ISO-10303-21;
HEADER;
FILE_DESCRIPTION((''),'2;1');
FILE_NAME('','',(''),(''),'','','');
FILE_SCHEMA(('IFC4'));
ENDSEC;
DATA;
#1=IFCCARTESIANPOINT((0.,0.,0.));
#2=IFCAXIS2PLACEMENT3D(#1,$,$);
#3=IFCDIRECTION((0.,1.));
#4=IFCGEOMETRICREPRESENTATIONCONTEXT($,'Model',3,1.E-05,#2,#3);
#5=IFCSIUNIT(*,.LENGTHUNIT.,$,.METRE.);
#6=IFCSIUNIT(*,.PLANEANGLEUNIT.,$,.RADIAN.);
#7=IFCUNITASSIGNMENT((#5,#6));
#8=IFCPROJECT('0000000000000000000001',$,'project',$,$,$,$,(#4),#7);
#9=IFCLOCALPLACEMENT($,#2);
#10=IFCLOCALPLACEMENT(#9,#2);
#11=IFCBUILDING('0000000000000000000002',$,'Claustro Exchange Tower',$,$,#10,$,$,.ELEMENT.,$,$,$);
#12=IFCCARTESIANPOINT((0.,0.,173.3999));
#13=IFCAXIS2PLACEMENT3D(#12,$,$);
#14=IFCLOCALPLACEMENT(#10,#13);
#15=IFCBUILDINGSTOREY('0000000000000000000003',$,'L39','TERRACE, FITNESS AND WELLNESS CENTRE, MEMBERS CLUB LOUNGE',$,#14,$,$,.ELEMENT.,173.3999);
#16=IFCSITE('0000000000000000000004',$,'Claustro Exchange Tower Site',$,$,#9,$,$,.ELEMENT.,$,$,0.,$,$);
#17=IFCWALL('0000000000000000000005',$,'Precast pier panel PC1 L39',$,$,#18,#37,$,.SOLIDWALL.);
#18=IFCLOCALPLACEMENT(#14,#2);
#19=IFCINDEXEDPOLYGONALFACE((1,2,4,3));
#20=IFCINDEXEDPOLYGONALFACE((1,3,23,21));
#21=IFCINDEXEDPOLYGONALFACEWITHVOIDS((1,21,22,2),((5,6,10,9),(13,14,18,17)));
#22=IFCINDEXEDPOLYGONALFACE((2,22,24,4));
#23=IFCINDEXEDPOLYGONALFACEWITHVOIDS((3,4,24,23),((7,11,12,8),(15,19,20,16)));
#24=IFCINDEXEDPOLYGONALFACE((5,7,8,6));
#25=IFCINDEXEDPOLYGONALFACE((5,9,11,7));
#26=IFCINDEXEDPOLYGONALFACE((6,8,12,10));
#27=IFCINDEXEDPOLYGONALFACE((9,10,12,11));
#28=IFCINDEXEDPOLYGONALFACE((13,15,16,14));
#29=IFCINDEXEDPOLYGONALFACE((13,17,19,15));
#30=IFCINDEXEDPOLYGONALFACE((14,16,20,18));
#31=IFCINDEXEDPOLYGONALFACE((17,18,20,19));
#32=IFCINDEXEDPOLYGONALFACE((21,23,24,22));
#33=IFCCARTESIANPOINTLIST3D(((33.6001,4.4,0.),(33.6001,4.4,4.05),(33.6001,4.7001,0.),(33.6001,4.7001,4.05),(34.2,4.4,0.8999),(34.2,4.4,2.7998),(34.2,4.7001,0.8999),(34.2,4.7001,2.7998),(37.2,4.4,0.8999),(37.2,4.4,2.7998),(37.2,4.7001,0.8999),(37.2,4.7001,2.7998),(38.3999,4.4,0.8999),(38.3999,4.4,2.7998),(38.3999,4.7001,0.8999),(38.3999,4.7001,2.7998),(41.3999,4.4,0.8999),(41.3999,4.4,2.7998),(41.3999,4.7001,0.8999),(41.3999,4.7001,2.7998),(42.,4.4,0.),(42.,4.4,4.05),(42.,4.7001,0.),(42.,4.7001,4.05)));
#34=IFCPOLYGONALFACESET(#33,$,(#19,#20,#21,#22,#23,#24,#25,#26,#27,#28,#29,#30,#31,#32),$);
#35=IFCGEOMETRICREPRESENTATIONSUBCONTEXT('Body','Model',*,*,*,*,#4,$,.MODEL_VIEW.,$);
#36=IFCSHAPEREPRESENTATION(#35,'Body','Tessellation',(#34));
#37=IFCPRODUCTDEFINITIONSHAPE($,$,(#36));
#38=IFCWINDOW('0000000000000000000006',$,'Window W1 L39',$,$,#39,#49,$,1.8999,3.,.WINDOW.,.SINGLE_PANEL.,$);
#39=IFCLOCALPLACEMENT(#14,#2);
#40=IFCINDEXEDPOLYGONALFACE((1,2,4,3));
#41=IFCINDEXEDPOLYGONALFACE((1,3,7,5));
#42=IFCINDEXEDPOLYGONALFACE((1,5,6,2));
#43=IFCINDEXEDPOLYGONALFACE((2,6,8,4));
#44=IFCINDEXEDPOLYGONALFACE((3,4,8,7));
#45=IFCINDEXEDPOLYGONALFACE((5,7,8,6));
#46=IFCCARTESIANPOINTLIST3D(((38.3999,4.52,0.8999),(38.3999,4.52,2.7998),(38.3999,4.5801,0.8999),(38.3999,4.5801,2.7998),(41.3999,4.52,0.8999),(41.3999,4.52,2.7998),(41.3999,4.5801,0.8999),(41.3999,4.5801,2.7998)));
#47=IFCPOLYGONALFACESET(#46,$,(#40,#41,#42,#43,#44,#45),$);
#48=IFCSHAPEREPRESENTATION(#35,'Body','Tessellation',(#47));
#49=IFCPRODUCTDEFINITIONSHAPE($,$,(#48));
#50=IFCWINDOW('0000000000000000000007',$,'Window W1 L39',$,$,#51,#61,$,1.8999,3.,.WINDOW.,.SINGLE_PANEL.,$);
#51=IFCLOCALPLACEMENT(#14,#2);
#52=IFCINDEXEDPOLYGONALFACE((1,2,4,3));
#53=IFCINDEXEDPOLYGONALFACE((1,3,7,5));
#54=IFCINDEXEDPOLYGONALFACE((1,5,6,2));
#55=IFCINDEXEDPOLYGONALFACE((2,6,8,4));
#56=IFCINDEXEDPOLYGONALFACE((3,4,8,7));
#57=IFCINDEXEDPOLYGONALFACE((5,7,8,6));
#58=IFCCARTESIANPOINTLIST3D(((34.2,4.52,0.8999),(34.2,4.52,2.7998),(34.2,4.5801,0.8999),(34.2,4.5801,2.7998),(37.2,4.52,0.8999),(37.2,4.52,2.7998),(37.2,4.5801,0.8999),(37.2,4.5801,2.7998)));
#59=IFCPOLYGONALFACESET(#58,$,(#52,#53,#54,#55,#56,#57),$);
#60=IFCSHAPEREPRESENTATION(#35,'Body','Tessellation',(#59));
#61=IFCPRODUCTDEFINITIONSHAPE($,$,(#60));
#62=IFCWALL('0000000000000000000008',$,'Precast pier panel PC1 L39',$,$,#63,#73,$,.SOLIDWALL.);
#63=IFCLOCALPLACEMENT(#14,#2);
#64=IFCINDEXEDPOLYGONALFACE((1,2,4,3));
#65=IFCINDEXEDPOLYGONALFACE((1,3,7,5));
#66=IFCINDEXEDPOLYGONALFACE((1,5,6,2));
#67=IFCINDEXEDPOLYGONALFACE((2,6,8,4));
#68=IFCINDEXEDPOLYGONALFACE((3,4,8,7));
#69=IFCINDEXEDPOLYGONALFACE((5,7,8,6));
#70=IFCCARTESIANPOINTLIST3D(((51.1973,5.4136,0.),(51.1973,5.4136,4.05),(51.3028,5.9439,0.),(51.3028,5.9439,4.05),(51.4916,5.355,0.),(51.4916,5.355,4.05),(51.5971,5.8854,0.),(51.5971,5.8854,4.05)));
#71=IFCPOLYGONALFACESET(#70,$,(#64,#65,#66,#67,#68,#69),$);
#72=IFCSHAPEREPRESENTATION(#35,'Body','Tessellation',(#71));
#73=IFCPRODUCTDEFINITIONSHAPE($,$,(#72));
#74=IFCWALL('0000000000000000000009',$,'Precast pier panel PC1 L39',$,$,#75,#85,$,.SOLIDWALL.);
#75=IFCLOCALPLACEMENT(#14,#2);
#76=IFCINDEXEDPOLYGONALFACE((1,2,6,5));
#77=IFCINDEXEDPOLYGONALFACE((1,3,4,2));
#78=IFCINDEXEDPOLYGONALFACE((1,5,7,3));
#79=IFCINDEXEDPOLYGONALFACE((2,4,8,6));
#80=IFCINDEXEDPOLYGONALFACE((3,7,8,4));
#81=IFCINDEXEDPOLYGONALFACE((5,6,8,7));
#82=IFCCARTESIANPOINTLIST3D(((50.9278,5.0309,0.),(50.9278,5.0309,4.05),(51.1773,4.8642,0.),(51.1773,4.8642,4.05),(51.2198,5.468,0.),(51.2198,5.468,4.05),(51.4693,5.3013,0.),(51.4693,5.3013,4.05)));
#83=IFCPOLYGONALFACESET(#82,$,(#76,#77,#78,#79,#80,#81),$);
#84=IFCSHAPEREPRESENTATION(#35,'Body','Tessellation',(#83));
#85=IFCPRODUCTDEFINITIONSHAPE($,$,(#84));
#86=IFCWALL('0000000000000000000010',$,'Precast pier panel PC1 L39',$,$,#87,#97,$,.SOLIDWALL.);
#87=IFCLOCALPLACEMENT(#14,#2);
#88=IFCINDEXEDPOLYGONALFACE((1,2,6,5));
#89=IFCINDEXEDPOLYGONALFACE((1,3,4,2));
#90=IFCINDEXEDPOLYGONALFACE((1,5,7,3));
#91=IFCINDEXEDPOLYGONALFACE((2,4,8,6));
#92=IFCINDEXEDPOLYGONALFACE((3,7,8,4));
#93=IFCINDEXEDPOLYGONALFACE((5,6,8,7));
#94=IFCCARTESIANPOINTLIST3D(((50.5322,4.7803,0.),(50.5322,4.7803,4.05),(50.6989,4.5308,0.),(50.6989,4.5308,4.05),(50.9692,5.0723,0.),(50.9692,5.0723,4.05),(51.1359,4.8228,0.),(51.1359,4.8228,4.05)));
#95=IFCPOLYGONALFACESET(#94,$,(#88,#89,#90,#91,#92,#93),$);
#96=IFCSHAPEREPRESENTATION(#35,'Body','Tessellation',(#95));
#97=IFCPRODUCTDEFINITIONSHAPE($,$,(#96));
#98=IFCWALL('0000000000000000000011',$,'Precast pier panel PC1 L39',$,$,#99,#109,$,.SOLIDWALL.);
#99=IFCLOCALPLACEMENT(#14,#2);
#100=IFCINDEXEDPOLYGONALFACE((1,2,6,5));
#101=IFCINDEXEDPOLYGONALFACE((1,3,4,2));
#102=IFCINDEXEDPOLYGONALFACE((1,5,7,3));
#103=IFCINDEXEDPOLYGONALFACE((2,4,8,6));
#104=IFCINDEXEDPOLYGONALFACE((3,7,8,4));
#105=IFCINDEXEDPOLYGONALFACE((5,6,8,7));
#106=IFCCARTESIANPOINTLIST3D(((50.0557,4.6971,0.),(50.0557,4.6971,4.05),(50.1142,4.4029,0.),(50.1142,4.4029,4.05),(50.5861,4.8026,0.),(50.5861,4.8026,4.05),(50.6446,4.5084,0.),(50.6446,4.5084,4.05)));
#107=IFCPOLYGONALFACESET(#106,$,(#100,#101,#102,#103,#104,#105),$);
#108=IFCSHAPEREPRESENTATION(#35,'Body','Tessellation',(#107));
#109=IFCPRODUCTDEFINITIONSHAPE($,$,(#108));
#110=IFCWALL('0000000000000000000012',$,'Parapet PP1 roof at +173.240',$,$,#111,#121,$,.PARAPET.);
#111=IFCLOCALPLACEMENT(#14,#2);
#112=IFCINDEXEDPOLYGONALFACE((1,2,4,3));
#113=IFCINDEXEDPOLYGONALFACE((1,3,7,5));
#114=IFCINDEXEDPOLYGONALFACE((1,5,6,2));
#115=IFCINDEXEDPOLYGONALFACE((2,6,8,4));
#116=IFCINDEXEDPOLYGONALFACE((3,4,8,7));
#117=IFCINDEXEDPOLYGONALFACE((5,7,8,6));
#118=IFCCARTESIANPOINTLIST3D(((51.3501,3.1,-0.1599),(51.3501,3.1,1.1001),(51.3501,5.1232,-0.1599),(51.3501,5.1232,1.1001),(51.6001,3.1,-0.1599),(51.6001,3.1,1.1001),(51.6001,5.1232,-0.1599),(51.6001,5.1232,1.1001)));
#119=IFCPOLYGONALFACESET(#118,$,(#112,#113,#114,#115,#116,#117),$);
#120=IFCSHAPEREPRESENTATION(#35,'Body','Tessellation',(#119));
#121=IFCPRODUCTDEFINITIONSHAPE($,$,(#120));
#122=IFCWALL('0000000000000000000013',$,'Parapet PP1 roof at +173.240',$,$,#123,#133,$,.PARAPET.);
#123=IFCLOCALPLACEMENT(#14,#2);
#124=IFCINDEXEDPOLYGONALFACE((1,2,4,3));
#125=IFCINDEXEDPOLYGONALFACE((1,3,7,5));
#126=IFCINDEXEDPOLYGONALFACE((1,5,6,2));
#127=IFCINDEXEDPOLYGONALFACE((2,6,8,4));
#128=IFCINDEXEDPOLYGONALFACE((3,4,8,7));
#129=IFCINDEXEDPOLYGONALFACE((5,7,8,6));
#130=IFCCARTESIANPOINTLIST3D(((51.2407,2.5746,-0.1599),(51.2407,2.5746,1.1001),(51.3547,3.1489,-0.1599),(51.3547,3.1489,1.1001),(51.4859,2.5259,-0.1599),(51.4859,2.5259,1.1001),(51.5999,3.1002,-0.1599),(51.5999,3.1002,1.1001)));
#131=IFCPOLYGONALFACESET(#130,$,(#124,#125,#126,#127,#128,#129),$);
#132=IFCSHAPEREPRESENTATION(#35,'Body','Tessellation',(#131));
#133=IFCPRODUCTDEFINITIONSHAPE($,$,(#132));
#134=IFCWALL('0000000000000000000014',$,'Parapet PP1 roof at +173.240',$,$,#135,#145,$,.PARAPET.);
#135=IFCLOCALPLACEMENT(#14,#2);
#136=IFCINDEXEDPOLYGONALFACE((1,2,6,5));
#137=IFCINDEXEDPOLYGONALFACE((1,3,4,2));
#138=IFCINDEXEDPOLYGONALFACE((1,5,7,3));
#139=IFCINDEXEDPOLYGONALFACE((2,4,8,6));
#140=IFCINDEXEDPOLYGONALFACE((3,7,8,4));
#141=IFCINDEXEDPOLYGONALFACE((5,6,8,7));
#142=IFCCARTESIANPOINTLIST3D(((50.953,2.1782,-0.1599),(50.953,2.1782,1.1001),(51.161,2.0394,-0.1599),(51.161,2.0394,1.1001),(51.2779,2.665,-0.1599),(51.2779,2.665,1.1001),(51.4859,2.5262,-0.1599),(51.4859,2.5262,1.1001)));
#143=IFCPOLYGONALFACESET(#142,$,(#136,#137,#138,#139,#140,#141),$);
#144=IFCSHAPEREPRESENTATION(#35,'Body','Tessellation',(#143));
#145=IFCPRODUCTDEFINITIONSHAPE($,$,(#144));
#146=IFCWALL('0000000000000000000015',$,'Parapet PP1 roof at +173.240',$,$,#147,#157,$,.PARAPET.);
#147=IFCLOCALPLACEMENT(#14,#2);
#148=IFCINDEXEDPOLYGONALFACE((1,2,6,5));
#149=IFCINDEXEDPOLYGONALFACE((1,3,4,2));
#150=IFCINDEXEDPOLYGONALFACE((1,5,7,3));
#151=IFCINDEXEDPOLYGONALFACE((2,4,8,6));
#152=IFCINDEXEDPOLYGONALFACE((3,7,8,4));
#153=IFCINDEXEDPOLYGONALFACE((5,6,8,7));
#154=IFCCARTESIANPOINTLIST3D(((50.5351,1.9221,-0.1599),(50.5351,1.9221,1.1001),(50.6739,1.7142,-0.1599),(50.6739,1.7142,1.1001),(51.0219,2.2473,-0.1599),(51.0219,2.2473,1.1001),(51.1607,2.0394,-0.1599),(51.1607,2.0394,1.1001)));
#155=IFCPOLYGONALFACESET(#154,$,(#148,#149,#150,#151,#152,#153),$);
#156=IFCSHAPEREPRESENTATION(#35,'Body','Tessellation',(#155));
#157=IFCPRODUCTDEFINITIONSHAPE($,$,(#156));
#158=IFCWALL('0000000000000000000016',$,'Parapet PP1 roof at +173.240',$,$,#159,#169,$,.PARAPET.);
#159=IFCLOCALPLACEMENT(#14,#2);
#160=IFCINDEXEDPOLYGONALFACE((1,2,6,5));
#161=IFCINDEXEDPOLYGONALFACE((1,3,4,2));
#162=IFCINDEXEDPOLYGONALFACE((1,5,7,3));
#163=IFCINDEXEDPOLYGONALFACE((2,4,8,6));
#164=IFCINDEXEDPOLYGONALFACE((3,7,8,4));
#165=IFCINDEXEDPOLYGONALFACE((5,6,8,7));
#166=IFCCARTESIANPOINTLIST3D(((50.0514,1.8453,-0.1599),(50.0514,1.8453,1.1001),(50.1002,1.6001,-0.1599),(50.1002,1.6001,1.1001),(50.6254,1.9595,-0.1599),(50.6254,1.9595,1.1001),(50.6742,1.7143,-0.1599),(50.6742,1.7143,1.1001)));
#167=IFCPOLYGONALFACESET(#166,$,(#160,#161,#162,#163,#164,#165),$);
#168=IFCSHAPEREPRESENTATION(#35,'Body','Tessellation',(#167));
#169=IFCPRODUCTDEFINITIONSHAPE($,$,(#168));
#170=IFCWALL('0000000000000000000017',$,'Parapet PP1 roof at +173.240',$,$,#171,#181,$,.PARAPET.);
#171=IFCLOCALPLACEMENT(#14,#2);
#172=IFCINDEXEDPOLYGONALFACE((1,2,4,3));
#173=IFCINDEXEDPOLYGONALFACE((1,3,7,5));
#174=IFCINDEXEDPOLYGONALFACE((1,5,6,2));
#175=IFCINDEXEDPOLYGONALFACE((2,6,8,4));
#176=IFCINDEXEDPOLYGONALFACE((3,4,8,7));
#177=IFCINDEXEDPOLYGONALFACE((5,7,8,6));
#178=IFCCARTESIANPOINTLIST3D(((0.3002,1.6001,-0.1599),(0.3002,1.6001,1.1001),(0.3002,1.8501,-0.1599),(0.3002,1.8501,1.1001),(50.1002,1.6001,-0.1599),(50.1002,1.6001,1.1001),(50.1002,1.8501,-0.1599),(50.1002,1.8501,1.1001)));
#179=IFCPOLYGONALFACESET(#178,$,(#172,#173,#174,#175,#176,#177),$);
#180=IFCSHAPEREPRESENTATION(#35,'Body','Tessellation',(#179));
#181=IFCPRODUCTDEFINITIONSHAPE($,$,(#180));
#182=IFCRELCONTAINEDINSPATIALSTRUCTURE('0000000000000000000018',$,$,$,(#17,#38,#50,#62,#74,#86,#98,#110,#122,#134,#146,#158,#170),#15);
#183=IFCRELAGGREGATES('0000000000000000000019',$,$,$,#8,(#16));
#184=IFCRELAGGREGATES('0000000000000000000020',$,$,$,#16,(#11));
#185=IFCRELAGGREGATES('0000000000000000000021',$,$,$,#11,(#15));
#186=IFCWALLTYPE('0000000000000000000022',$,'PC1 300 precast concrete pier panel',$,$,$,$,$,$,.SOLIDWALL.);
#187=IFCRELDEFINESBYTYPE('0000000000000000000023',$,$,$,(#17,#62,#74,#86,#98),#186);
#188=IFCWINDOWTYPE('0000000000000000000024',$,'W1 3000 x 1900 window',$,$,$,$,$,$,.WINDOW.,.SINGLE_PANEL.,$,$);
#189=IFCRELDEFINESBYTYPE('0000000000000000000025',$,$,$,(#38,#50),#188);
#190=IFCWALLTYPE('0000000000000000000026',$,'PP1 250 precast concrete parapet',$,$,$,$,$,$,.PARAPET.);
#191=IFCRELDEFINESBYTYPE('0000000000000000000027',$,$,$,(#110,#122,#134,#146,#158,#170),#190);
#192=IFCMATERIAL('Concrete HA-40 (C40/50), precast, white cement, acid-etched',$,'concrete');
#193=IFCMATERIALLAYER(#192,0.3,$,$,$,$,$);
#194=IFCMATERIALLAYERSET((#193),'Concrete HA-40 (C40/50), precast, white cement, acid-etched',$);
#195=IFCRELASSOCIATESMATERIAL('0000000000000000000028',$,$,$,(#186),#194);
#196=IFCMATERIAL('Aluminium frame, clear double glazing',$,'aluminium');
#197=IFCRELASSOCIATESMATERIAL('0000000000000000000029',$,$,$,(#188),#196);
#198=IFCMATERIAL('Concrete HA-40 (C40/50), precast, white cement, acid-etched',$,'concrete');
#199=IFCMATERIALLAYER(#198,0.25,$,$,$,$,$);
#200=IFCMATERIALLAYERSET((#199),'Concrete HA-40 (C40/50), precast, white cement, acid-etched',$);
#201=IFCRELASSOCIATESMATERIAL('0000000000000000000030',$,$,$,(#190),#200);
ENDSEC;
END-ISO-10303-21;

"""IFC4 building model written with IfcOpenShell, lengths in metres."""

from ifc_helpers import new_model, si_unit, direction, frame, frame_2d, origin, place, context, subcontext, project, spatial, rectangle, extrude, material, layer, layer_set, type_object, element, fill, save


model = new_model("IFC4")

# Units and contexts
model_context = context("Model", 3, precision=1e-05, world=origin(), true_north=direction((0.0, 1.0)))
body_context = subcontext(model_context, "Body", "Model", "MODEL_VIEW")
ifc_project = project(units=[si_unit("LENGTHUNIT", "METRE"), si_unit("PLANEANGLEUNIT", "RADIAN")], contexts=[model_context])

# Site, building, storey
site_placement = place(None, origin())
site = spatial("IfcSite", under=ifc_project, at=site_placement, Name="Claustro Exchange Tower Site", CompositionType="ELEMENT", RefElevation=0.0)
building_placement = place(site_placement, origin())
building = spatial("IfcBuilding", under=site, at=building_placement, Name="Claustro Exchange Tower", CompositionType="ELEMENT")
storey_placement = place(building_placement, frame((0.0, 0.0, 173.3999)))
storey = spatial("IfcBuildingStorey", under=building, at=storey_placement, Name="L39", Description="TERRACE, FITNESS AND WELLNESS CENTRE, MEMBERS CLUB LOUNGE", CompositionType="ELEMENT", Elevation=173.3999)

# Shared definitions
ifc_material_1 = material(Name="Concrete HA-40 (C40/50), precast, white cement, acid-etched", Category="concrete")
ifc_layer_1 = layer(ifc_material_1, 0.3)
ifc_layer_set_1 = layer_set([ifc_layer_1], Name="Concrete HA-40 (C40/50), precast, white cement, acid-etched")
wall_type_1 = type_object("IfcWallType", Name="PC1 300 precast concrete pier panel", PredefinedType="SOLIDWALL", material=ifc_layer_set_1)
ifc_material_2 = material(Name="Aluminium frame, clear double glazing", Category="aluminium")
window_type = type_object("IfcWindowType", Name="W1 3000 x 1900 window", PartitioningType="SINGLE_PANEL", PredefinedType="WINDOW", material=ifc_material_2)

# Wall, openings, windows
wall_1_placement = place(storey_placement, frame((42.0, 4.55, 0.0), z_axis=(0.0, 0.0, 1.0), x_axis=(-1.0, 0.0, 0.0)))
wall_1 = element("IfcWall", 1, at=wall_1_placement, inside=storey, type_object=wall_type_1, Name="Precast pier panel PC1 L39", PredefinedType="SOLIDWALL", context=body_context, shape_type="SweptSolid", body=[
    extrude(rectangle(XDim=8.3999, YDim=0.3, at=frame_2d((4.2, 0.0))), origin(), (0.0, 0.0, 1.0), 4.05),
])
opening_1_placement = place(wall_1_placement, frame((0.6001, 0.0, 0.8999)))
opening_1 = element("IfcOpeningElement", 2, at=opening_1_placement, cuts=wall_1, PredefinedType="OPENING", context=body_context, shape_type="SweptSolid", body=[
    extrude(rectangle(XDim=3.0, YDim=1.8999, at=frame_2d((1.5, 0.95))), frame((0.0, 0.1599, 0.0), z_axis=(0.0, -1.0, 0.0), x_axis=(1.0, 0.0, 0.0)), (0.0, 0.0, 1.0), 0.3201),
])
opening_2_placement = place(wall_1_placement, frame((4.8, 0.0, 0.8999)))
opening_2 = element("IfcOpeningElement", 3, at=opening_2_placement, cuts=wall_1, PredefinedType="OPENING", context=body_context, shape_type="SweptSolid", body=[
    extrude(rectangle(XDim=3.0, YDim=1.8999, at=frame_2d((1.5, 0.95))), frame((0.0, 0.1599, 0.0), z_axis=(0.0, -1.0, 0.0), x_axis=(1.0, 0.0, 0.0)), (0.0, 0.0, 1.0), 0.3201),
])
window_1_placement = place(opening_1_placement, origin())
window_1 = element("IfcWindow", 4, at=window_1_placement, inside=storey, type_object=window_type, Name="Window W1 L39", OverallHeight=1.8999, OverallWidth=3.0, PartitioningType="SINGLE_PANEL", PredefinedType="WINDOW", context=body_context, shape_type="SweptSolid", body=[
    extrude(rectangle(XDim=3.0, YDim=1.8999, at=frame_2d((1.5, 0.95))), frame((0.0, 0.03, 0.0), z_axis=(0.0, -1.0, 0.0), x_axis=(1.0, 0.0, 0.0)), (0.0, 0.0, 1.0), 0.0601),
])
fill(opening_1, window_1)
window_2_placement = place(opening_2_placement, origin())
window_2 = element("IfcWindow", 5, at=window_2_placement, inside=storey, type_object=window_type, Name="Window W1 L39", OverallHeight=1.8999, OverallWidth=3.0, PartitioningType="SINGLE_PANEL", PredefinedType="WINDOW", context=body_context, shape_type="SweptSolid", body=[
    extrude(rectangle(XDim=3.0, YDim=1.8999, at=frame_2d((1.5, 0.95))), frame((0.0, 0.03, 0.0), z_axis=(0.0, -1.0, 0.0), x_axis=(1.0, 0.0, 0.0)), (0.0, 0.0, 1.0), 0.0601),
])
fill(opening_2, window_2)

# Walls
wall_2_placement = place(storey_placement, frame((51.45, 5.9148, 0.0), z_axis=(0.0, 0.0, 1.0), x_axis=(-0.195074, -0.980789, 0.0)))
element("IfcWall", 6, at=wall_2_placement, inside=storey, type_object=wall_type_1, Name="Precast pier panel PC1 L39", PredefinedType="SOLIDWALL", context=body_context, shape_type="SweptSolid", body=[
    extrude(rectangle(XDim=0.5408, YDim=0.3, at=frame_2d((0.2705, 0.0))), origin(), (0.0, 0.0, 1.0), 4.05),
])
for number, where, z_axis, x_axis, name in (
    (7, (51.3445, 5.3845, 0.0), (0.0, 0.0, 1.0), (-0.555557, -0.831478, 0.0), "Precast pier panel PC1 L39"),
    (8, (51.0525, 4.9475, 0.0), (0.0, 0.0, 1.0), (-0.831478, -0.555557, 0.0), "Precast pier panel PC1 L39"),
):
    element("IfcWall", number, at=place(storey_placement, frame(where, z_axis=z_axis, x_axis=x_axis)), inside=storey, type_object=wall_type_1, Name=name, PredefinedType="SOLIDWALL", context=body_context, shape_type="SweptSolid", body=[
        extrude(rectangle(XDim=0.5256, YDim=0.3, at=frame_2d((0.2627, 0.0))), origin(), (0.0, 0.0, 1.0), 4.05),
    ])
wall_3_placement = place(storey_placement, frame((50.6155, 4.6555, 0.0), z_axis=(0.0, 0.0, 1.0), x_axis=(-0.980789, -0.195074, 0.0)))
element("IfcWall", 9, at=wall_3_placement, inside=storey, type_object=wall_type_1, Name="Precast pier panel PC1 L39", PredefinedType="SOLIDWALL", context=body_context, shape_type="SweptSolid", body=[
    extrude(rectangle(XDim=0.5408, YDim=0.3, at=frame_2d((0.2705, 0.0))), origin(), (0.0, 0.0, 1.0), 4.05),
])
ifc_material_3 = material(Name="Concrete HA-40 (C40/50), precast, white cement, acid-etched", Category="concrete")
ifc_layer_2 = layer(ifc_material_3, 0.25)
ifc_layer_set_2 = layer_set([ifc_layer_2], Name="Concrete HA-40 (C40/50), precast, white cement, acid-etched")
wall_type_2 = type_object("IfcWallType", Name="PP1 250 precast concrete parapet", PredefinedType="PARAPET", material=ifc_layer_set_2)
wall_4_placement = place(storey_placement, frame((51.4751, 5.1233, -0.1599), z_axis=(0.0, 0.0, 1.0), x_axis=(0.0, -1.0, 0.0)))
element("IfcWall", 10, at=wall_4_placement, inside=storey, type_object=wall_type_2, Name="Parapet PP1 roof at +173.240", PredefinedType="PARAPET", context=body_context, shape_type="SweptSolid", body=[
    extrude(rectangle(XDim=2.0232, YDim=0.25, at=frame_2d((1.0117, 0.0))), origin(), (0.0, 0.0, 1.0), 1.26),
])
wall_5_placement = place(storey_placement, frame((51.4773, 3.1245, -0.1599), z_axis=(0.0, 0.0, 1.0), x_axis=(-0.194753, -0.980852, 0.0)))
element("IfcWall", 11, at=wall_5_placement, inside=storey, type_object=wall_type_2, Name="Parapet PP1 roof at +173.240", PredefinedType="PARAPET", context=body_context, shape_type="SweptSolid", body=[
    extrude(rectangle(XDim=0.5854, YDim=0.25, at=frame_2d((0.2927, 0.0))), origin(), (0.0, 0.0, 1.0), 1.26),
])
wall_6_placement = place(storey_placement, frame((51.3818, 2.5955, -0.1599), z_axis=(0.0, 0.0, 1.0), x_axis=(-0.555181, -0.831729, 0.0)))
element("IfcWall", 12, at=wall_6_placement, inside=storey, type_object=wall_type_2, Name="Parapet PP1 roof at +173.240", PredefinedType="PARAPET", context=body_context, shape_type="SweptSolid", body=[
    extrude(rectangle(XDim=0.5852, YDim=0.25, at=frame_2d((0.2925, 0.0))), origin(), (0.0, 0.0, 1.0), 1.26),
])
wall_7_placement = place(storey_placement, frame((51.0913, 2.1433, -0.1599), z_axis=(0.0, 0.0, 1.0), x_axis=(-0.831537, -0.55547, 0.0)))
element("IfcWall", 13, at=wall_7_placement, inside=storey, type_object=wall_type_2, Name="Parapet PP1 roof at +173.240", PredefinedType="PARAPET", context=body_context, shape_type="SweptSolid", body=[
    extrude(rectangle(XDim=0.5854, YDim=0.25, at=frame_2d((0.2927, 0.0))), origin(), (0.0, 0.0, 1.0), 1.26),
])
wall_8_placement = place(storey_placement, frame((50.6497, 1.8369, -0.1599), z_axis=(0.0, 0.0, 1.0), x_axis=(-0.980757, -0.195234, 0.0)))
element("IfcWall", 14, at=wall_8_placement, inside=storey, type_object=wall_type_2, Name="Parapet PP1 roof at +173.240", PredefinedType="PARAPET", context=body_context, shape_type="SweptSolid", body=[
    extrude(rectangle(XDim=0.5852, YDim=0.25, at=frame_2d((0.2925, 0.0))), origin(), (0.0, 0.0, 1.0), 1.26),
])
wall_9_placement = place(storey_placement, frame((50.1001, 1.7251, -0.1599), z_axis=(0.0, 0.0, 1.0), x_axis=(-1.0, 0.0, 0.0)))
element("IfcWall", 15, at=wall_9_placement, inside=storey, type_object=wall_type_2, Name="Parapet PP1 roof at +173.240", PredefinedType="PARAPET", context=body_context, shape_type="SweptSolid", body=[
    extrude(rectangle(XDim=49.8, YDim=0.25, at=frame_2d((24.8999, 0.0))), origin(), (0.0, 0.0, 1.0), 1.26),
])

save(model, "model.ifc")
